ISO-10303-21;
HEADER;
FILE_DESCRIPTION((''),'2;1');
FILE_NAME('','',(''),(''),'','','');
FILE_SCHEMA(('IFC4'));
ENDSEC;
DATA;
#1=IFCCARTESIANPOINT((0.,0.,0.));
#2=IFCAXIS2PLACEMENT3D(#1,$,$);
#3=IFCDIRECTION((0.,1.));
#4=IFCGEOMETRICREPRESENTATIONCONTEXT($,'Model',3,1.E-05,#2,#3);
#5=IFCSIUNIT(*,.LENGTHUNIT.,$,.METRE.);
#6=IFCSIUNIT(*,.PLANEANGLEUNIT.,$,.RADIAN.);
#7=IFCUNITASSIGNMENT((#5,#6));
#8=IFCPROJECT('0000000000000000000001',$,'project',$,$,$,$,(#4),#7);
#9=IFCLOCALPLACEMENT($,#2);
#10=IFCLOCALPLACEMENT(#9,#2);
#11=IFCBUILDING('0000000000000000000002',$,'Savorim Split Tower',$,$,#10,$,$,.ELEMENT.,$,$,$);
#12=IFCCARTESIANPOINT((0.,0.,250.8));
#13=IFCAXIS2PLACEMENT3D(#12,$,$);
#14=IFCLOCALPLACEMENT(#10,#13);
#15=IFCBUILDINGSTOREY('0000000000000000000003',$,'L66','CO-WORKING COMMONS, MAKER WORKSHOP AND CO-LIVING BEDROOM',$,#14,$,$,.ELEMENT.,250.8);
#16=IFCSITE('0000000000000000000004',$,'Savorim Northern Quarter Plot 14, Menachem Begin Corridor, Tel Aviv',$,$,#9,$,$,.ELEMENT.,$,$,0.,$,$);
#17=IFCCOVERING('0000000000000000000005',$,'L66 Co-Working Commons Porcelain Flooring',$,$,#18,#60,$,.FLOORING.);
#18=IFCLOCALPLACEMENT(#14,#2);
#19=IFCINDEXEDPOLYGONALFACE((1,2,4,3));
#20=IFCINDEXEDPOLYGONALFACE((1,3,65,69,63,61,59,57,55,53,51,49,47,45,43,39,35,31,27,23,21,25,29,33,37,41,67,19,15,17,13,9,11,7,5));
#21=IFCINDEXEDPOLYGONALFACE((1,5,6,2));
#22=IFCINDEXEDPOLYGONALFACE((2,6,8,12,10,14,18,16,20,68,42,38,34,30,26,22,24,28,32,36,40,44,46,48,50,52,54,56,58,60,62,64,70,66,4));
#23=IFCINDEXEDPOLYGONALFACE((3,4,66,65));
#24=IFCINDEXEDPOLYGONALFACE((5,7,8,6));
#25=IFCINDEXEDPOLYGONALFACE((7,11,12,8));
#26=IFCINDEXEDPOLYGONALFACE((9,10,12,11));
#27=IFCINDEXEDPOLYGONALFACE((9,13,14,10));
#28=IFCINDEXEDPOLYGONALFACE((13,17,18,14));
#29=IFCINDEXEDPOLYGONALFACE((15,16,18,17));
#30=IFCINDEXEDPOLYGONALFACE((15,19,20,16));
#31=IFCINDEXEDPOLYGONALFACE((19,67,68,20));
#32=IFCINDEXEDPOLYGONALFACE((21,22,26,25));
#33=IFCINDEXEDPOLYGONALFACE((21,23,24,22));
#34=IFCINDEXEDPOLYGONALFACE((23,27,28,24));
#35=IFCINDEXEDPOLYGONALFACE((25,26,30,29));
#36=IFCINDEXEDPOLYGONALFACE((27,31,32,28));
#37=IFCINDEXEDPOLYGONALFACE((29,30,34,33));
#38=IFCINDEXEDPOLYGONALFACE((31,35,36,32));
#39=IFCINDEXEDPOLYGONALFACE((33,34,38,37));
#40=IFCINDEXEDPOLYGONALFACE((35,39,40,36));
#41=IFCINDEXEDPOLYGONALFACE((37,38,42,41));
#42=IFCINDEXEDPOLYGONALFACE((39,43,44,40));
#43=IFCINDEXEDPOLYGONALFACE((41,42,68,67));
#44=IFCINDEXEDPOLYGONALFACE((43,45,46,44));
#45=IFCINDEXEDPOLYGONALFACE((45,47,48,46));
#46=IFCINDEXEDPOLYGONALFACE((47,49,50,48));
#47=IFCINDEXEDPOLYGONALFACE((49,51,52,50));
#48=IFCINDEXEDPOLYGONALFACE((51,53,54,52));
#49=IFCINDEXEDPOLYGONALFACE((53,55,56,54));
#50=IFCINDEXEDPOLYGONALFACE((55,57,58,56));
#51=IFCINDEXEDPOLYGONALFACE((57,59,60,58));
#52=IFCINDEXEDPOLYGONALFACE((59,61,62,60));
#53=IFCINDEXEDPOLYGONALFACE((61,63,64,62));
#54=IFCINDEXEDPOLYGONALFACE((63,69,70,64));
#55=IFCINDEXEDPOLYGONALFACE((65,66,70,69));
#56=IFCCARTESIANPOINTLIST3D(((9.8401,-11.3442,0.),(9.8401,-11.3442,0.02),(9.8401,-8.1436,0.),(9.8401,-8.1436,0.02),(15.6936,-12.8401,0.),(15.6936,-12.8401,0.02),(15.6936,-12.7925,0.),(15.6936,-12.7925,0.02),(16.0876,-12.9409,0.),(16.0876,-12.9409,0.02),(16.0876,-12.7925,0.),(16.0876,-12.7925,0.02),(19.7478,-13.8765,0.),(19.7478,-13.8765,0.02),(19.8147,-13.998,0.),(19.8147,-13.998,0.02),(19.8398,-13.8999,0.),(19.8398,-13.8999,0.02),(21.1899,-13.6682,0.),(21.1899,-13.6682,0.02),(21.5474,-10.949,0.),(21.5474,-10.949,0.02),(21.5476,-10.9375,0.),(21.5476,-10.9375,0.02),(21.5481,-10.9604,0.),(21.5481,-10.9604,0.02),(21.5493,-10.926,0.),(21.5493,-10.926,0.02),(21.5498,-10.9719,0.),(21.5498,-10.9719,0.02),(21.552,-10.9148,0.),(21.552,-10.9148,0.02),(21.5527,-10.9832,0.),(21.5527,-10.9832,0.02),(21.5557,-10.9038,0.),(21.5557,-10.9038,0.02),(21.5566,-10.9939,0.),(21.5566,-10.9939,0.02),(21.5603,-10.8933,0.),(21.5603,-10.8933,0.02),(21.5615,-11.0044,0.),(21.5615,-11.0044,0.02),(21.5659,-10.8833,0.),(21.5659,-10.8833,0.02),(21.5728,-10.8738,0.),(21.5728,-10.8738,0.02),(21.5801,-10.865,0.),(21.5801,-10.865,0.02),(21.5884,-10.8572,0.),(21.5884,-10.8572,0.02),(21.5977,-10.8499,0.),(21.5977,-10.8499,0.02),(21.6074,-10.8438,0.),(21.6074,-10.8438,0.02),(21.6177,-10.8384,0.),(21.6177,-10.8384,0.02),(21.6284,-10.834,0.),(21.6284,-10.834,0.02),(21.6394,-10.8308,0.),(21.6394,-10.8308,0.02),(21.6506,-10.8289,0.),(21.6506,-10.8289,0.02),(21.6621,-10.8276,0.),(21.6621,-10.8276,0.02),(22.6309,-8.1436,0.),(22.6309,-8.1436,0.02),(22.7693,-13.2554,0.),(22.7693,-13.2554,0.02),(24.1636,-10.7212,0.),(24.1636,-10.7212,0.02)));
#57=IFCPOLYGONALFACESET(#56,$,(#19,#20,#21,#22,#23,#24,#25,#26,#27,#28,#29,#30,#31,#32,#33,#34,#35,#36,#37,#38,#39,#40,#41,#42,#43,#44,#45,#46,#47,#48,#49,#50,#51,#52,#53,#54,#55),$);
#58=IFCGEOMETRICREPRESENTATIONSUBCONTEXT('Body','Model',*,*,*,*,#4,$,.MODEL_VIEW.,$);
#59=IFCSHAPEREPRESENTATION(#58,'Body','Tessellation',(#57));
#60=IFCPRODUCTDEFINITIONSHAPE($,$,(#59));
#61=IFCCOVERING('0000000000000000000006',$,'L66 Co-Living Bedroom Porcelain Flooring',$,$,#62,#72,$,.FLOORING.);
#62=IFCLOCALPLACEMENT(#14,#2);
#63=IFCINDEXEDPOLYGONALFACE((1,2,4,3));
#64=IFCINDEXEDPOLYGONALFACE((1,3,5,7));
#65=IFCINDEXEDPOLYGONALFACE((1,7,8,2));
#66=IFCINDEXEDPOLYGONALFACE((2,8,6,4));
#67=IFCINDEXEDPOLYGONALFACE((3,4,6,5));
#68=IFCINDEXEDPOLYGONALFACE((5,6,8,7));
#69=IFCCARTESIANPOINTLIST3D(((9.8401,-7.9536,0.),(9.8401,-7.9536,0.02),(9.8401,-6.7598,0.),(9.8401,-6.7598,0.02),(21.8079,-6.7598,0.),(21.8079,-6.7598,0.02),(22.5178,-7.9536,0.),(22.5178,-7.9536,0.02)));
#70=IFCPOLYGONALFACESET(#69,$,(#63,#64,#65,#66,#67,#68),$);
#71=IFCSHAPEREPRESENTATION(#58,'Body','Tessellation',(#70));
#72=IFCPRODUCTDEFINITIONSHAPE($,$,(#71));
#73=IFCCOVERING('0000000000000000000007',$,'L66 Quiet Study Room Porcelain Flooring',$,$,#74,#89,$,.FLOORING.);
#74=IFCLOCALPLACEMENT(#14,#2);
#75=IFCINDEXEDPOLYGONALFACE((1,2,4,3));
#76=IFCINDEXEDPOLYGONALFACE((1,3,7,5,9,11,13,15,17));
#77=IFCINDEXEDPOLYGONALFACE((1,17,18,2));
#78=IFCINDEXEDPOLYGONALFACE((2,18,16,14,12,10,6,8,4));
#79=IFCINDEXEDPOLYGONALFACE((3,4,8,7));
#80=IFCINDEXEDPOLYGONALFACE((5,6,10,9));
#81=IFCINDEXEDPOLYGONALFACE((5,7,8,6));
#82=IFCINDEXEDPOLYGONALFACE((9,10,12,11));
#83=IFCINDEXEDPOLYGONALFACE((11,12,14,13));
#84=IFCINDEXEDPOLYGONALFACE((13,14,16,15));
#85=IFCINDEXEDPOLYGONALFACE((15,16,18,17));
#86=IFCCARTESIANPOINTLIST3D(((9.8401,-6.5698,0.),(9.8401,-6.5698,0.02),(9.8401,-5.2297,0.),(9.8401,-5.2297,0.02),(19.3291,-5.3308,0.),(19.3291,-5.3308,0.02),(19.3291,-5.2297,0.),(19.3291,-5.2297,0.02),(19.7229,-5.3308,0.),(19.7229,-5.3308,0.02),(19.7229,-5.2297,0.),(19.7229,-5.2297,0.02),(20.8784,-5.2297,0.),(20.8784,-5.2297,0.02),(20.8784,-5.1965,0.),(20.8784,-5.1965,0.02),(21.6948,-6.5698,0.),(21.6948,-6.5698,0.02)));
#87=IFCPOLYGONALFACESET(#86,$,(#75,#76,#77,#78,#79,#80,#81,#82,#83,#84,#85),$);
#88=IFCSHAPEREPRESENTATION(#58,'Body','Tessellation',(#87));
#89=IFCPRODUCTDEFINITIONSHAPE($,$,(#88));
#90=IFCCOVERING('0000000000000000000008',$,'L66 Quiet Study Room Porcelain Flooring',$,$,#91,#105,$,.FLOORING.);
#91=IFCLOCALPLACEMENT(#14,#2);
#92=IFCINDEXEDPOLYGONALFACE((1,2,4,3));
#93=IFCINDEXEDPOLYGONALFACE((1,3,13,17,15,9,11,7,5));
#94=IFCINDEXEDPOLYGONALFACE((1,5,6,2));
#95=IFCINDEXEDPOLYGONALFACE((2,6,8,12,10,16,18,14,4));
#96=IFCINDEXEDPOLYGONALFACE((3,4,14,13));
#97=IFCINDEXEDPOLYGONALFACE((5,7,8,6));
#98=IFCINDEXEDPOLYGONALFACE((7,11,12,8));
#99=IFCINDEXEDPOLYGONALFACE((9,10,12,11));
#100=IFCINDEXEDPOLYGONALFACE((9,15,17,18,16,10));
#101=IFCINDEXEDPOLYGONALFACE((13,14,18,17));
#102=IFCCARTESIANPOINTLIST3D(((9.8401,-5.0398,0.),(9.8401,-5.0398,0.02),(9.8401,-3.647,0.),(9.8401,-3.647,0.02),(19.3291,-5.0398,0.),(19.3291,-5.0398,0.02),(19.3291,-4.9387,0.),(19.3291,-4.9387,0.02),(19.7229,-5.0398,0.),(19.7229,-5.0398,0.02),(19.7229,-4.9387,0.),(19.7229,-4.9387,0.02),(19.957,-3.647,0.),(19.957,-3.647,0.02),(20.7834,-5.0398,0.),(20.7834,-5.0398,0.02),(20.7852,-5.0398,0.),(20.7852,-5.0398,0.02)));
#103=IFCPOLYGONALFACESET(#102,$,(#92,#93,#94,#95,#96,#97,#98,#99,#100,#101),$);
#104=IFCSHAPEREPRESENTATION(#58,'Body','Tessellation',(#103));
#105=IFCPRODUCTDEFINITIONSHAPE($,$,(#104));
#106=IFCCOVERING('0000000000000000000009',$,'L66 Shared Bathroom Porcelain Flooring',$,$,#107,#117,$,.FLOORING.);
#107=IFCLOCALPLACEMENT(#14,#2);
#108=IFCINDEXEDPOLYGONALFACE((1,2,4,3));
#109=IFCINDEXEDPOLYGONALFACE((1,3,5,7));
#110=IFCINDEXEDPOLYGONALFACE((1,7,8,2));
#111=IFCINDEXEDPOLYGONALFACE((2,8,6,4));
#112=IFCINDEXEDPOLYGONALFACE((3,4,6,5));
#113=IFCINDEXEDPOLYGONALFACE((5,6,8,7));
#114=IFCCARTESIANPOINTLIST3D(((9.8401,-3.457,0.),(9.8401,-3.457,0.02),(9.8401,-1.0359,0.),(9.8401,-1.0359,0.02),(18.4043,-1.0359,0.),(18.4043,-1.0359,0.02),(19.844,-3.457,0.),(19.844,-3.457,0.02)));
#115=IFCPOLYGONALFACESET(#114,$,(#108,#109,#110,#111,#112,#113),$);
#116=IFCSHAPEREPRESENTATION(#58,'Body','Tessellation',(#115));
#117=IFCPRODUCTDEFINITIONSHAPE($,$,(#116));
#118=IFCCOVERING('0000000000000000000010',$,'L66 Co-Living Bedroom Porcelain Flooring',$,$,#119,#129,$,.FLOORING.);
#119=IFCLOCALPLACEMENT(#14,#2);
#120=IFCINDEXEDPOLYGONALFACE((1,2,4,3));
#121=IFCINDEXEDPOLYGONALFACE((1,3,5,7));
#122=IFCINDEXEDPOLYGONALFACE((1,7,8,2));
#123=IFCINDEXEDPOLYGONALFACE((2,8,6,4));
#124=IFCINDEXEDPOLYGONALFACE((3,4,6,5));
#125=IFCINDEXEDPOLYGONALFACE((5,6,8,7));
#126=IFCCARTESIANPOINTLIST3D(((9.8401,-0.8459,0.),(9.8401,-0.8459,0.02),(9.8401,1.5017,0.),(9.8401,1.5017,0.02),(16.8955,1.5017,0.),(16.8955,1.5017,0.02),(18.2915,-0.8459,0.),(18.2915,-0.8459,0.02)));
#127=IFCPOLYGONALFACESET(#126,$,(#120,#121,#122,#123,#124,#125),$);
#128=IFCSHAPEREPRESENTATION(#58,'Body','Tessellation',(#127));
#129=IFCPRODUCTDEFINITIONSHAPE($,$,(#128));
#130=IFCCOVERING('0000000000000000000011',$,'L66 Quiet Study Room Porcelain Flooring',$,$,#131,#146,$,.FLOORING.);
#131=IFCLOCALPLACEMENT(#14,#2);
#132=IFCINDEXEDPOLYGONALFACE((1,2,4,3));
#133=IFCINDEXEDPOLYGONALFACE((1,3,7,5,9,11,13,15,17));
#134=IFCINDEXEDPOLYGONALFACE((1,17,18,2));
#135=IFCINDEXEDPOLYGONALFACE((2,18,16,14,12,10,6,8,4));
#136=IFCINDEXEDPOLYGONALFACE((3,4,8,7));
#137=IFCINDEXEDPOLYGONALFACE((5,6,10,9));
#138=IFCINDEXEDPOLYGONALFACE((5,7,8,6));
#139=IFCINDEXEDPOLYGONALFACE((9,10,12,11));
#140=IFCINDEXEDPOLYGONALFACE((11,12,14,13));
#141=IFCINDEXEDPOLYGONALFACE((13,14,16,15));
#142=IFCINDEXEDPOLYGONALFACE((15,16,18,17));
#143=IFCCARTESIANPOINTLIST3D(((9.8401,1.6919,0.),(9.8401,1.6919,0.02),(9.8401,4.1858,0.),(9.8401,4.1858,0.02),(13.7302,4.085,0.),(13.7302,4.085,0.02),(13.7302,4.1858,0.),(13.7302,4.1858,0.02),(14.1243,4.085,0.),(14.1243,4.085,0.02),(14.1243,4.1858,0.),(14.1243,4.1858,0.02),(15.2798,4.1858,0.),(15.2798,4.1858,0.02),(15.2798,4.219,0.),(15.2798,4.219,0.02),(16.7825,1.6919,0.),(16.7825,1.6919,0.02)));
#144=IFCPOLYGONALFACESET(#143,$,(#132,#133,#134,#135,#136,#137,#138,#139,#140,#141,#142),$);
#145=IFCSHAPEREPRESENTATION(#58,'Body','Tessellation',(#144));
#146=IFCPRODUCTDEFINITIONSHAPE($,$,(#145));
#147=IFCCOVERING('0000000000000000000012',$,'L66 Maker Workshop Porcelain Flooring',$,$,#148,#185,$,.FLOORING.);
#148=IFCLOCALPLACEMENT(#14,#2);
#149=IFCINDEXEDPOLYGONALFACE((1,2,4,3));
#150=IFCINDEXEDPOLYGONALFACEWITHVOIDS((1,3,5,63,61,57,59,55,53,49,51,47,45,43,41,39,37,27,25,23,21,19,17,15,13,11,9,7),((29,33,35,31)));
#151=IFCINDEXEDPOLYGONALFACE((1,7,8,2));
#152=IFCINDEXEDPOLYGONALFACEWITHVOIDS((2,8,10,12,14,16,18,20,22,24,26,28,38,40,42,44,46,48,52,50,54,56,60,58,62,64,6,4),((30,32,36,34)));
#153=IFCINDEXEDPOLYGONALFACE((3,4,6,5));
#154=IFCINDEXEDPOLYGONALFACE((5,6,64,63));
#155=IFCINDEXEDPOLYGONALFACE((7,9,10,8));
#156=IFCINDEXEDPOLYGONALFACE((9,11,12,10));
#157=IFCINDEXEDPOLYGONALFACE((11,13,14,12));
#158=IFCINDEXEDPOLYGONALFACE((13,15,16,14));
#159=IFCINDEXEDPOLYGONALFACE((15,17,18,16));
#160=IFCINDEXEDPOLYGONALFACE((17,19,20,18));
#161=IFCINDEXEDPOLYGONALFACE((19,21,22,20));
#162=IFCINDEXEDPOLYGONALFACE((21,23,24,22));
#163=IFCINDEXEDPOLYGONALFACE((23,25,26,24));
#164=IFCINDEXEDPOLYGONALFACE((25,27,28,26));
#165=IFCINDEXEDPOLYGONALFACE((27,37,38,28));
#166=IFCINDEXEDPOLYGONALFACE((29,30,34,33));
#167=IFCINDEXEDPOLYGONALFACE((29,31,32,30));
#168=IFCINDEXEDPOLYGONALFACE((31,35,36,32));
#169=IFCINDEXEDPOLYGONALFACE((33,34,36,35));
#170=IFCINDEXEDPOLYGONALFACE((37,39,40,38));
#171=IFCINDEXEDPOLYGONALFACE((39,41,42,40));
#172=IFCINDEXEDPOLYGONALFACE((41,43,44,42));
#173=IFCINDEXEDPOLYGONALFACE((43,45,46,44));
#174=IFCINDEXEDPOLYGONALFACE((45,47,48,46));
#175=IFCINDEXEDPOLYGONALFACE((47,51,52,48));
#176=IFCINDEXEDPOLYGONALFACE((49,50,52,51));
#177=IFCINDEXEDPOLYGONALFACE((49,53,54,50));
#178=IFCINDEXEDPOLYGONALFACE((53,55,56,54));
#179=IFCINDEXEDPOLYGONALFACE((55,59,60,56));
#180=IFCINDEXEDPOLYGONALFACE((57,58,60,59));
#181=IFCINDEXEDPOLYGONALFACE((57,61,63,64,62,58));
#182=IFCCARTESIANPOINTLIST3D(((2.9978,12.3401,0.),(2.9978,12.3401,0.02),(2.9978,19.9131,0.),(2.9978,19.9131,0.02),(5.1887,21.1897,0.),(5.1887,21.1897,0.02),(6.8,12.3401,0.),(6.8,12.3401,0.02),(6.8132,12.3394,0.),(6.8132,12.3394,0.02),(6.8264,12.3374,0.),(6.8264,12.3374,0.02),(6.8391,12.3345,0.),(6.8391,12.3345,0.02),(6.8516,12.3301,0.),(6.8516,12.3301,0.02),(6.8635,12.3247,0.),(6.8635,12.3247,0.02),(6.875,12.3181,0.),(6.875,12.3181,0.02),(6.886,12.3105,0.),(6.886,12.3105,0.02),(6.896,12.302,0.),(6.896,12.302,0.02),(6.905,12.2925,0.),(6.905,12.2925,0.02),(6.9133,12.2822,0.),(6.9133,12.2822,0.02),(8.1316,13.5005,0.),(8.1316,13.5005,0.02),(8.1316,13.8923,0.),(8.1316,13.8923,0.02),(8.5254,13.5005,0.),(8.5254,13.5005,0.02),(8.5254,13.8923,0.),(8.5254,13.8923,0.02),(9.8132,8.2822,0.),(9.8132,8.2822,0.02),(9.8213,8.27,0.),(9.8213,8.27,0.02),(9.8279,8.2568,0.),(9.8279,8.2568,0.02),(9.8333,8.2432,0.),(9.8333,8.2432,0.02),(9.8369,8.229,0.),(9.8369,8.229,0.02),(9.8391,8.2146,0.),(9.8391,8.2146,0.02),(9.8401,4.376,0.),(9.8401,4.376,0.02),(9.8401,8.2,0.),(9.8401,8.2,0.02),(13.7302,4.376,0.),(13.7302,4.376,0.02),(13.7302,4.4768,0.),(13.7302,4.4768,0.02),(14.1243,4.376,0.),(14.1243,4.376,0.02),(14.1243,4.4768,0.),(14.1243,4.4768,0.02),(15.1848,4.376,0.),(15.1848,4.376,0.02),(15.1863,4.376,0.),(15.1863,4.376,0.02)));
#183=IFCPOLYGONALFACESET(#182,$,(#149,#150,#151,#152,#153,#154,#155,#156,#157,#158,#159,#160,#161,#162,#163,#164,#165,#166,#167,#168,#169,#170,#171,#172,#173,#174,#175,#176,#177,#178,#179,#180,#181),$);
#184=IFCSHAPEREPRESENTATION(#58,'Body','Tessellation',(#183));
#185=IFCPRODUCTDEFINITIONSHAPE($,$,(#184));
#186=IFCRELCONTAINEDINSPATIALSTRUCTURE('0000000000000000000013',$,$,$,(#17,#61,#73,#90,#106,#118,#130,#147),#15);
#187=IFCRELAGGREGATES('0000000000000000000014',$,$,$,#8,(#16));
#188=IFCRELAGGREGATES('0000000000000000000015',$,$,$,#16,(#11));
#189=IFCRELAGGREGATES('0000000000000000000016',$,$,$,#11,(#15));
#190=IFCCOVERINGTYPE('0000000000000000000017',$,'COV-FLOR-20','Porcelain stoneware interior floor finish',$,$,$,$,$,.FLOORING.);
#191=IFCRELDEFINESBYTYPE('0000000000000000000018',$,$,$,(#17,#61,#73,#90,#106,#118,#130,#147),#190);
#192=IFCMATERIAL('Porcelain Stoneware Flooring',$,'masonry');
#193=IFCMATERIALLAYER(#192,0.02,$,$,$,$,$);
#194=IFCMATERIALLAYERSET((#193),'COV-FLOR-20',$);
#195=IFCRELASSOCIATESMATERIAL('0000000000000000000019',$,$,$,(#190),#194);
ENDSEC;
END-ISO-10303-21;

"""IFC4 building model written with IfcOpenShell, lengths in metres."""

from ifc_helpers import new_model, si_unit, direction, frame, origin, place, context, subcontext, project, spatial, polyline, outline, extrude, material, layer, layer_set, type_object, element, save


model = new_model("IFC4")

# Units and contexts
model_context = context("Model", 3, precision=1e-05, world=origin(), true_north=direction((0.0, 1.0)))
body_context = subcontext(model_context, "Body", "Model", "MODEL_VIEW")
ifc_project = project(units=[si_unit("LENGTHUNIT", "METRE"), si_unit("PLANEANGLEUNIT", "RADIAN")], contexts=[model_context])

# Site, building, storey
site_placement = place(None, origin())
site = spatial("IfcSite", under=ifc_project, at=site_placement, Name="Savorim Northern Quarter Plot 14, Menachem Begin Corridor, Tel Aviv", CompositionType="ELEMENT", RefElevation=0.0)
building_placement = place(site_placement, origin())
building = spatial("IfcBuilding", under=site, at=building_placement, Name="Savorim Split Tower", CompositionType="ELEMENT")
storey_placement = place(building_placement, frame((0.0, 0.0, 250.8)))
storey = spatial("IfcBuildingStorey", under=building, at=storey_placement, Name="L66", Description="CO-WORKING COMMONS, MAKER WORKSHOP AND CO-LIVING BEDROOM", CompositionType="ELEMENT", Elevation=250.8)

# Coverings
ifc_material_1 = material(Name="Porcelain Stoneware Flooring", Category="masonry")
ifc_layer_1 = layer(ifc_material_1, 0.02)
ifc_layer_set_1 = layer_set([ifc_layer_1], Name="COV-FLOR-20")
covering_type_1 = type_object("IfcCoveringType", Name="COV-FLOR-20", Description="Porcelain stoneware interior floor finish", PredefinedType="FLOORING", material=ifc_layer_set_1)
covering_1_placement = place(storey_placement, origin())
element("IfcCovering", 1, at=covering_1_placement, inside=storey, type_object=covering_type_1, Name="L66 Co-Working Commons Porcelain Flooring", PredefinedType="FLOORING", context=body_context, shape_type="SweptSolid", body=[
    extrude(outline(polyline([(21.6394, -10.8308), (21.6506, -10.8289), (21.6621, -10.8276), (24.1636, -10.7212), (22.6309, -8.1436), (9.8401, -8.1436), (9.8401, -11.3442), (15.6936, -12.8401), (15.6936, -12.7925), (16.0876, -12.7925), (16.0876, -12.9409), (19.7478, -13.8765), (19.8398, -13.8999), (19.8147, -13.998), (21.1899, -13.6682), (22.7693, -13.2554), (21.5615, -11.0044), (21.5566, -10.9939), (21.5527, -10.9832), (21.5498, -10.9719), (21.5481, -10.9604), (21.5474, -10.949), (21.5476, -10.9375), (21.5493, -10.926), (21.552, -10.9148), (21.5557, -10.9038), (21.5603, -10.8933), (21.5659, -10.8833), (21.5728, -10.8738), (21.5801, -10.865), (21.5884, -10.8572), (21.5977, -10.8499), (21.6074, -10.8438), (21.6177, -10.8384), (21.6284, -10.834), (21.6394, -10.8308)])), origin(), (0.0, 0.0, 1.0), 0.02),
])
covering_2_placement = place(storey_placement, origin())
element("IfcCovering", 2, at=covering_2_placement, inside=storey, type_object=covering_type_1, Name="L66 Co-Living Bedroom Porcelain Flooring", PredefinedType="FLOORING", context=body_context, shape_type="SweptSolid", body=[
    extrude(outline(polyline([(22.5178, -7.9536), (21.8079, -6.7598), (9.8401, -6.7598), (9.8401, -7.9536), (22.5178, -7.9536)])), origin(), (0.0, 0.0, 1.0), 0.02),
])
covering_3_placement = place(storey_placement, origin())
element("IfcCovering", 3, at=covering_3_placement, inside=storey, type_object=covering_type_1, Name="L66 Quiet Study Room Porcelain Flooring", PredefinedType="FLOORING", context=body_context, shape_type="SweptSolid", body=[
    extrude(outline(polyline([(19.3291, -5.3308), (19.3291, -5.2297), (9.8401, -5.2297), (9.8401, -6.5698), (21.6948, -6.5698), (20.8784, -5.1965), (20.8784, -5.2297), (19.7229, -5.2297), (19.7229, -5.3308), (19.3291, -5.3308)])), origin(), (0.0, 0.0, 1.0), 0.02),
])
covering_4_placement = place(storey_placement, origin())
element("IfcCovering", 4, at=covering_4_placement, inside=storey, type_object=covering_type_1, Name="L66 Quiet Study Room Porcelain Flooring", PredefinedType="FLOORING", context=body_context, shape_type="SweptSolid", body=[
    extrude(outline(polyline([(19.7229, -4.9387), (19.7229, -5.0398), (20.7834, -5.0398), (20.7852, -5.0398), (19.957, -3.647), (9.8401, -3.647), (9.8401, -5.0398), (19.3291, -5.0398), (19.3291, -4.9387), (19.7229, -4.9387)])), origin(), (0.0, 0.0, 1.0), 0.02),
])
covering_5_placement = place(storey_placement, origin())
element("IfcCovering", 5, at=covering_5_placement, inside=storey, type_object=covering_type_1, Name="L66 Shared Bathroom Porcelain Flooring", PredefinedType="FLOORING", context=body_context, shape_type="SweptSolid", body=[
    extrude(outline(polyline([(19.844, -3.457), (18.4043, -1.0359), (9.8401, -1.0359), (9.8401, -3.457), (19.844, -3.457)])), origin(), (0.0, 0.0, 1.0), 0.02),
])
covering_6_placement = place(storey_placement, origin())
element("IfcCovering", 6, at=covering_6_placement, inside=storey, type_object=covering_type_1, Name="L66 Co-Living Bedroom Porcelain Flooring", PredefinedType="FLOORING", context=body_context, shape_type="SweptSolid", body=[
    extrude(outline(polyline([(18.2915, -0.8459), (16.8955, 1.5017), (9.8401, 1.5017), (9.8401, -0.8459), (18.2915, -0.8459)])), origin(), (0.0, 0.0, 1.0), 0.02),
])
covering_7_placement = place(storey_placement, origin())
element("IfcCovering", 7, at=covering_7_placement, inside=storey, type_object=covering_type_1, Name="L66 Quiet Study Room Porcelain Flooring", PredefinedType="FLOORING", context=body_context, shape_type="SweptSolid", body=[
    extrude(outline(polyline([(13.7302, 4.085), (13.7302, 4.1858), (9.8401, 4.1858), (9.8401, 1.6919), (16.7825, 1.6919), (15.2798, 4.219), (15.2798, 4.1858), (14.1243, 4.1858), (14.1243, 4.085), (13.7302, 4.085)])), origin(), (0.0, 0.0, 1.0), 0.02),
])
covering_8_placement = place(storey_placement, origin())
element("IfcCovering", 8, at=covering_8_placement, inside=storey, type_object=covering_type_1, Name="L66 Maker Workshop Porcelain Flooring", PredefinedType="FLOORING", context=body_context, shape_type="SweptSolid", body=[
    extrude(outline(polyline([(15.1848, 4.376), (15.1863, 4.376), (5.1887, 21.1897), (2.9978, 19.9131), (2.9978, 12.3401), (6.8, 12.3401), (6.8132, 12.3394), (6.8264, 12.3374), (6.8391, 12.3345), (6.8516, 12.3301), (6.8635, 12.3247), (6.875, 12.3181), (6.886, 12.3105), (6.896, 12.302), (6.905, 12.2925), (6.9133, 12.2822), (9.8132, 8.2822), (9.8213, 8.27), (9.8279, 8.2568), (9.8333, 8.2432), (9.8369, 8.229), (9.8391, 8.2146), (9.8401, 8.2), (9.8401, 4.376), (13.7302, 4.376), (13.7302, 4.4768), (14.1243, 4.4768), (14.1243, 4.376), (15.1848, 4.376)]), holes=[polyline([(8.5254, 13.8923), (8.1316, 13.8923), (8.1316, 13.5005), (8.5254, 13.5005), (8.5254, 13.8923)])]), origin(), (0.0, 0.0, 1.0), 0.02),
])

save(model, "model.ifc")
